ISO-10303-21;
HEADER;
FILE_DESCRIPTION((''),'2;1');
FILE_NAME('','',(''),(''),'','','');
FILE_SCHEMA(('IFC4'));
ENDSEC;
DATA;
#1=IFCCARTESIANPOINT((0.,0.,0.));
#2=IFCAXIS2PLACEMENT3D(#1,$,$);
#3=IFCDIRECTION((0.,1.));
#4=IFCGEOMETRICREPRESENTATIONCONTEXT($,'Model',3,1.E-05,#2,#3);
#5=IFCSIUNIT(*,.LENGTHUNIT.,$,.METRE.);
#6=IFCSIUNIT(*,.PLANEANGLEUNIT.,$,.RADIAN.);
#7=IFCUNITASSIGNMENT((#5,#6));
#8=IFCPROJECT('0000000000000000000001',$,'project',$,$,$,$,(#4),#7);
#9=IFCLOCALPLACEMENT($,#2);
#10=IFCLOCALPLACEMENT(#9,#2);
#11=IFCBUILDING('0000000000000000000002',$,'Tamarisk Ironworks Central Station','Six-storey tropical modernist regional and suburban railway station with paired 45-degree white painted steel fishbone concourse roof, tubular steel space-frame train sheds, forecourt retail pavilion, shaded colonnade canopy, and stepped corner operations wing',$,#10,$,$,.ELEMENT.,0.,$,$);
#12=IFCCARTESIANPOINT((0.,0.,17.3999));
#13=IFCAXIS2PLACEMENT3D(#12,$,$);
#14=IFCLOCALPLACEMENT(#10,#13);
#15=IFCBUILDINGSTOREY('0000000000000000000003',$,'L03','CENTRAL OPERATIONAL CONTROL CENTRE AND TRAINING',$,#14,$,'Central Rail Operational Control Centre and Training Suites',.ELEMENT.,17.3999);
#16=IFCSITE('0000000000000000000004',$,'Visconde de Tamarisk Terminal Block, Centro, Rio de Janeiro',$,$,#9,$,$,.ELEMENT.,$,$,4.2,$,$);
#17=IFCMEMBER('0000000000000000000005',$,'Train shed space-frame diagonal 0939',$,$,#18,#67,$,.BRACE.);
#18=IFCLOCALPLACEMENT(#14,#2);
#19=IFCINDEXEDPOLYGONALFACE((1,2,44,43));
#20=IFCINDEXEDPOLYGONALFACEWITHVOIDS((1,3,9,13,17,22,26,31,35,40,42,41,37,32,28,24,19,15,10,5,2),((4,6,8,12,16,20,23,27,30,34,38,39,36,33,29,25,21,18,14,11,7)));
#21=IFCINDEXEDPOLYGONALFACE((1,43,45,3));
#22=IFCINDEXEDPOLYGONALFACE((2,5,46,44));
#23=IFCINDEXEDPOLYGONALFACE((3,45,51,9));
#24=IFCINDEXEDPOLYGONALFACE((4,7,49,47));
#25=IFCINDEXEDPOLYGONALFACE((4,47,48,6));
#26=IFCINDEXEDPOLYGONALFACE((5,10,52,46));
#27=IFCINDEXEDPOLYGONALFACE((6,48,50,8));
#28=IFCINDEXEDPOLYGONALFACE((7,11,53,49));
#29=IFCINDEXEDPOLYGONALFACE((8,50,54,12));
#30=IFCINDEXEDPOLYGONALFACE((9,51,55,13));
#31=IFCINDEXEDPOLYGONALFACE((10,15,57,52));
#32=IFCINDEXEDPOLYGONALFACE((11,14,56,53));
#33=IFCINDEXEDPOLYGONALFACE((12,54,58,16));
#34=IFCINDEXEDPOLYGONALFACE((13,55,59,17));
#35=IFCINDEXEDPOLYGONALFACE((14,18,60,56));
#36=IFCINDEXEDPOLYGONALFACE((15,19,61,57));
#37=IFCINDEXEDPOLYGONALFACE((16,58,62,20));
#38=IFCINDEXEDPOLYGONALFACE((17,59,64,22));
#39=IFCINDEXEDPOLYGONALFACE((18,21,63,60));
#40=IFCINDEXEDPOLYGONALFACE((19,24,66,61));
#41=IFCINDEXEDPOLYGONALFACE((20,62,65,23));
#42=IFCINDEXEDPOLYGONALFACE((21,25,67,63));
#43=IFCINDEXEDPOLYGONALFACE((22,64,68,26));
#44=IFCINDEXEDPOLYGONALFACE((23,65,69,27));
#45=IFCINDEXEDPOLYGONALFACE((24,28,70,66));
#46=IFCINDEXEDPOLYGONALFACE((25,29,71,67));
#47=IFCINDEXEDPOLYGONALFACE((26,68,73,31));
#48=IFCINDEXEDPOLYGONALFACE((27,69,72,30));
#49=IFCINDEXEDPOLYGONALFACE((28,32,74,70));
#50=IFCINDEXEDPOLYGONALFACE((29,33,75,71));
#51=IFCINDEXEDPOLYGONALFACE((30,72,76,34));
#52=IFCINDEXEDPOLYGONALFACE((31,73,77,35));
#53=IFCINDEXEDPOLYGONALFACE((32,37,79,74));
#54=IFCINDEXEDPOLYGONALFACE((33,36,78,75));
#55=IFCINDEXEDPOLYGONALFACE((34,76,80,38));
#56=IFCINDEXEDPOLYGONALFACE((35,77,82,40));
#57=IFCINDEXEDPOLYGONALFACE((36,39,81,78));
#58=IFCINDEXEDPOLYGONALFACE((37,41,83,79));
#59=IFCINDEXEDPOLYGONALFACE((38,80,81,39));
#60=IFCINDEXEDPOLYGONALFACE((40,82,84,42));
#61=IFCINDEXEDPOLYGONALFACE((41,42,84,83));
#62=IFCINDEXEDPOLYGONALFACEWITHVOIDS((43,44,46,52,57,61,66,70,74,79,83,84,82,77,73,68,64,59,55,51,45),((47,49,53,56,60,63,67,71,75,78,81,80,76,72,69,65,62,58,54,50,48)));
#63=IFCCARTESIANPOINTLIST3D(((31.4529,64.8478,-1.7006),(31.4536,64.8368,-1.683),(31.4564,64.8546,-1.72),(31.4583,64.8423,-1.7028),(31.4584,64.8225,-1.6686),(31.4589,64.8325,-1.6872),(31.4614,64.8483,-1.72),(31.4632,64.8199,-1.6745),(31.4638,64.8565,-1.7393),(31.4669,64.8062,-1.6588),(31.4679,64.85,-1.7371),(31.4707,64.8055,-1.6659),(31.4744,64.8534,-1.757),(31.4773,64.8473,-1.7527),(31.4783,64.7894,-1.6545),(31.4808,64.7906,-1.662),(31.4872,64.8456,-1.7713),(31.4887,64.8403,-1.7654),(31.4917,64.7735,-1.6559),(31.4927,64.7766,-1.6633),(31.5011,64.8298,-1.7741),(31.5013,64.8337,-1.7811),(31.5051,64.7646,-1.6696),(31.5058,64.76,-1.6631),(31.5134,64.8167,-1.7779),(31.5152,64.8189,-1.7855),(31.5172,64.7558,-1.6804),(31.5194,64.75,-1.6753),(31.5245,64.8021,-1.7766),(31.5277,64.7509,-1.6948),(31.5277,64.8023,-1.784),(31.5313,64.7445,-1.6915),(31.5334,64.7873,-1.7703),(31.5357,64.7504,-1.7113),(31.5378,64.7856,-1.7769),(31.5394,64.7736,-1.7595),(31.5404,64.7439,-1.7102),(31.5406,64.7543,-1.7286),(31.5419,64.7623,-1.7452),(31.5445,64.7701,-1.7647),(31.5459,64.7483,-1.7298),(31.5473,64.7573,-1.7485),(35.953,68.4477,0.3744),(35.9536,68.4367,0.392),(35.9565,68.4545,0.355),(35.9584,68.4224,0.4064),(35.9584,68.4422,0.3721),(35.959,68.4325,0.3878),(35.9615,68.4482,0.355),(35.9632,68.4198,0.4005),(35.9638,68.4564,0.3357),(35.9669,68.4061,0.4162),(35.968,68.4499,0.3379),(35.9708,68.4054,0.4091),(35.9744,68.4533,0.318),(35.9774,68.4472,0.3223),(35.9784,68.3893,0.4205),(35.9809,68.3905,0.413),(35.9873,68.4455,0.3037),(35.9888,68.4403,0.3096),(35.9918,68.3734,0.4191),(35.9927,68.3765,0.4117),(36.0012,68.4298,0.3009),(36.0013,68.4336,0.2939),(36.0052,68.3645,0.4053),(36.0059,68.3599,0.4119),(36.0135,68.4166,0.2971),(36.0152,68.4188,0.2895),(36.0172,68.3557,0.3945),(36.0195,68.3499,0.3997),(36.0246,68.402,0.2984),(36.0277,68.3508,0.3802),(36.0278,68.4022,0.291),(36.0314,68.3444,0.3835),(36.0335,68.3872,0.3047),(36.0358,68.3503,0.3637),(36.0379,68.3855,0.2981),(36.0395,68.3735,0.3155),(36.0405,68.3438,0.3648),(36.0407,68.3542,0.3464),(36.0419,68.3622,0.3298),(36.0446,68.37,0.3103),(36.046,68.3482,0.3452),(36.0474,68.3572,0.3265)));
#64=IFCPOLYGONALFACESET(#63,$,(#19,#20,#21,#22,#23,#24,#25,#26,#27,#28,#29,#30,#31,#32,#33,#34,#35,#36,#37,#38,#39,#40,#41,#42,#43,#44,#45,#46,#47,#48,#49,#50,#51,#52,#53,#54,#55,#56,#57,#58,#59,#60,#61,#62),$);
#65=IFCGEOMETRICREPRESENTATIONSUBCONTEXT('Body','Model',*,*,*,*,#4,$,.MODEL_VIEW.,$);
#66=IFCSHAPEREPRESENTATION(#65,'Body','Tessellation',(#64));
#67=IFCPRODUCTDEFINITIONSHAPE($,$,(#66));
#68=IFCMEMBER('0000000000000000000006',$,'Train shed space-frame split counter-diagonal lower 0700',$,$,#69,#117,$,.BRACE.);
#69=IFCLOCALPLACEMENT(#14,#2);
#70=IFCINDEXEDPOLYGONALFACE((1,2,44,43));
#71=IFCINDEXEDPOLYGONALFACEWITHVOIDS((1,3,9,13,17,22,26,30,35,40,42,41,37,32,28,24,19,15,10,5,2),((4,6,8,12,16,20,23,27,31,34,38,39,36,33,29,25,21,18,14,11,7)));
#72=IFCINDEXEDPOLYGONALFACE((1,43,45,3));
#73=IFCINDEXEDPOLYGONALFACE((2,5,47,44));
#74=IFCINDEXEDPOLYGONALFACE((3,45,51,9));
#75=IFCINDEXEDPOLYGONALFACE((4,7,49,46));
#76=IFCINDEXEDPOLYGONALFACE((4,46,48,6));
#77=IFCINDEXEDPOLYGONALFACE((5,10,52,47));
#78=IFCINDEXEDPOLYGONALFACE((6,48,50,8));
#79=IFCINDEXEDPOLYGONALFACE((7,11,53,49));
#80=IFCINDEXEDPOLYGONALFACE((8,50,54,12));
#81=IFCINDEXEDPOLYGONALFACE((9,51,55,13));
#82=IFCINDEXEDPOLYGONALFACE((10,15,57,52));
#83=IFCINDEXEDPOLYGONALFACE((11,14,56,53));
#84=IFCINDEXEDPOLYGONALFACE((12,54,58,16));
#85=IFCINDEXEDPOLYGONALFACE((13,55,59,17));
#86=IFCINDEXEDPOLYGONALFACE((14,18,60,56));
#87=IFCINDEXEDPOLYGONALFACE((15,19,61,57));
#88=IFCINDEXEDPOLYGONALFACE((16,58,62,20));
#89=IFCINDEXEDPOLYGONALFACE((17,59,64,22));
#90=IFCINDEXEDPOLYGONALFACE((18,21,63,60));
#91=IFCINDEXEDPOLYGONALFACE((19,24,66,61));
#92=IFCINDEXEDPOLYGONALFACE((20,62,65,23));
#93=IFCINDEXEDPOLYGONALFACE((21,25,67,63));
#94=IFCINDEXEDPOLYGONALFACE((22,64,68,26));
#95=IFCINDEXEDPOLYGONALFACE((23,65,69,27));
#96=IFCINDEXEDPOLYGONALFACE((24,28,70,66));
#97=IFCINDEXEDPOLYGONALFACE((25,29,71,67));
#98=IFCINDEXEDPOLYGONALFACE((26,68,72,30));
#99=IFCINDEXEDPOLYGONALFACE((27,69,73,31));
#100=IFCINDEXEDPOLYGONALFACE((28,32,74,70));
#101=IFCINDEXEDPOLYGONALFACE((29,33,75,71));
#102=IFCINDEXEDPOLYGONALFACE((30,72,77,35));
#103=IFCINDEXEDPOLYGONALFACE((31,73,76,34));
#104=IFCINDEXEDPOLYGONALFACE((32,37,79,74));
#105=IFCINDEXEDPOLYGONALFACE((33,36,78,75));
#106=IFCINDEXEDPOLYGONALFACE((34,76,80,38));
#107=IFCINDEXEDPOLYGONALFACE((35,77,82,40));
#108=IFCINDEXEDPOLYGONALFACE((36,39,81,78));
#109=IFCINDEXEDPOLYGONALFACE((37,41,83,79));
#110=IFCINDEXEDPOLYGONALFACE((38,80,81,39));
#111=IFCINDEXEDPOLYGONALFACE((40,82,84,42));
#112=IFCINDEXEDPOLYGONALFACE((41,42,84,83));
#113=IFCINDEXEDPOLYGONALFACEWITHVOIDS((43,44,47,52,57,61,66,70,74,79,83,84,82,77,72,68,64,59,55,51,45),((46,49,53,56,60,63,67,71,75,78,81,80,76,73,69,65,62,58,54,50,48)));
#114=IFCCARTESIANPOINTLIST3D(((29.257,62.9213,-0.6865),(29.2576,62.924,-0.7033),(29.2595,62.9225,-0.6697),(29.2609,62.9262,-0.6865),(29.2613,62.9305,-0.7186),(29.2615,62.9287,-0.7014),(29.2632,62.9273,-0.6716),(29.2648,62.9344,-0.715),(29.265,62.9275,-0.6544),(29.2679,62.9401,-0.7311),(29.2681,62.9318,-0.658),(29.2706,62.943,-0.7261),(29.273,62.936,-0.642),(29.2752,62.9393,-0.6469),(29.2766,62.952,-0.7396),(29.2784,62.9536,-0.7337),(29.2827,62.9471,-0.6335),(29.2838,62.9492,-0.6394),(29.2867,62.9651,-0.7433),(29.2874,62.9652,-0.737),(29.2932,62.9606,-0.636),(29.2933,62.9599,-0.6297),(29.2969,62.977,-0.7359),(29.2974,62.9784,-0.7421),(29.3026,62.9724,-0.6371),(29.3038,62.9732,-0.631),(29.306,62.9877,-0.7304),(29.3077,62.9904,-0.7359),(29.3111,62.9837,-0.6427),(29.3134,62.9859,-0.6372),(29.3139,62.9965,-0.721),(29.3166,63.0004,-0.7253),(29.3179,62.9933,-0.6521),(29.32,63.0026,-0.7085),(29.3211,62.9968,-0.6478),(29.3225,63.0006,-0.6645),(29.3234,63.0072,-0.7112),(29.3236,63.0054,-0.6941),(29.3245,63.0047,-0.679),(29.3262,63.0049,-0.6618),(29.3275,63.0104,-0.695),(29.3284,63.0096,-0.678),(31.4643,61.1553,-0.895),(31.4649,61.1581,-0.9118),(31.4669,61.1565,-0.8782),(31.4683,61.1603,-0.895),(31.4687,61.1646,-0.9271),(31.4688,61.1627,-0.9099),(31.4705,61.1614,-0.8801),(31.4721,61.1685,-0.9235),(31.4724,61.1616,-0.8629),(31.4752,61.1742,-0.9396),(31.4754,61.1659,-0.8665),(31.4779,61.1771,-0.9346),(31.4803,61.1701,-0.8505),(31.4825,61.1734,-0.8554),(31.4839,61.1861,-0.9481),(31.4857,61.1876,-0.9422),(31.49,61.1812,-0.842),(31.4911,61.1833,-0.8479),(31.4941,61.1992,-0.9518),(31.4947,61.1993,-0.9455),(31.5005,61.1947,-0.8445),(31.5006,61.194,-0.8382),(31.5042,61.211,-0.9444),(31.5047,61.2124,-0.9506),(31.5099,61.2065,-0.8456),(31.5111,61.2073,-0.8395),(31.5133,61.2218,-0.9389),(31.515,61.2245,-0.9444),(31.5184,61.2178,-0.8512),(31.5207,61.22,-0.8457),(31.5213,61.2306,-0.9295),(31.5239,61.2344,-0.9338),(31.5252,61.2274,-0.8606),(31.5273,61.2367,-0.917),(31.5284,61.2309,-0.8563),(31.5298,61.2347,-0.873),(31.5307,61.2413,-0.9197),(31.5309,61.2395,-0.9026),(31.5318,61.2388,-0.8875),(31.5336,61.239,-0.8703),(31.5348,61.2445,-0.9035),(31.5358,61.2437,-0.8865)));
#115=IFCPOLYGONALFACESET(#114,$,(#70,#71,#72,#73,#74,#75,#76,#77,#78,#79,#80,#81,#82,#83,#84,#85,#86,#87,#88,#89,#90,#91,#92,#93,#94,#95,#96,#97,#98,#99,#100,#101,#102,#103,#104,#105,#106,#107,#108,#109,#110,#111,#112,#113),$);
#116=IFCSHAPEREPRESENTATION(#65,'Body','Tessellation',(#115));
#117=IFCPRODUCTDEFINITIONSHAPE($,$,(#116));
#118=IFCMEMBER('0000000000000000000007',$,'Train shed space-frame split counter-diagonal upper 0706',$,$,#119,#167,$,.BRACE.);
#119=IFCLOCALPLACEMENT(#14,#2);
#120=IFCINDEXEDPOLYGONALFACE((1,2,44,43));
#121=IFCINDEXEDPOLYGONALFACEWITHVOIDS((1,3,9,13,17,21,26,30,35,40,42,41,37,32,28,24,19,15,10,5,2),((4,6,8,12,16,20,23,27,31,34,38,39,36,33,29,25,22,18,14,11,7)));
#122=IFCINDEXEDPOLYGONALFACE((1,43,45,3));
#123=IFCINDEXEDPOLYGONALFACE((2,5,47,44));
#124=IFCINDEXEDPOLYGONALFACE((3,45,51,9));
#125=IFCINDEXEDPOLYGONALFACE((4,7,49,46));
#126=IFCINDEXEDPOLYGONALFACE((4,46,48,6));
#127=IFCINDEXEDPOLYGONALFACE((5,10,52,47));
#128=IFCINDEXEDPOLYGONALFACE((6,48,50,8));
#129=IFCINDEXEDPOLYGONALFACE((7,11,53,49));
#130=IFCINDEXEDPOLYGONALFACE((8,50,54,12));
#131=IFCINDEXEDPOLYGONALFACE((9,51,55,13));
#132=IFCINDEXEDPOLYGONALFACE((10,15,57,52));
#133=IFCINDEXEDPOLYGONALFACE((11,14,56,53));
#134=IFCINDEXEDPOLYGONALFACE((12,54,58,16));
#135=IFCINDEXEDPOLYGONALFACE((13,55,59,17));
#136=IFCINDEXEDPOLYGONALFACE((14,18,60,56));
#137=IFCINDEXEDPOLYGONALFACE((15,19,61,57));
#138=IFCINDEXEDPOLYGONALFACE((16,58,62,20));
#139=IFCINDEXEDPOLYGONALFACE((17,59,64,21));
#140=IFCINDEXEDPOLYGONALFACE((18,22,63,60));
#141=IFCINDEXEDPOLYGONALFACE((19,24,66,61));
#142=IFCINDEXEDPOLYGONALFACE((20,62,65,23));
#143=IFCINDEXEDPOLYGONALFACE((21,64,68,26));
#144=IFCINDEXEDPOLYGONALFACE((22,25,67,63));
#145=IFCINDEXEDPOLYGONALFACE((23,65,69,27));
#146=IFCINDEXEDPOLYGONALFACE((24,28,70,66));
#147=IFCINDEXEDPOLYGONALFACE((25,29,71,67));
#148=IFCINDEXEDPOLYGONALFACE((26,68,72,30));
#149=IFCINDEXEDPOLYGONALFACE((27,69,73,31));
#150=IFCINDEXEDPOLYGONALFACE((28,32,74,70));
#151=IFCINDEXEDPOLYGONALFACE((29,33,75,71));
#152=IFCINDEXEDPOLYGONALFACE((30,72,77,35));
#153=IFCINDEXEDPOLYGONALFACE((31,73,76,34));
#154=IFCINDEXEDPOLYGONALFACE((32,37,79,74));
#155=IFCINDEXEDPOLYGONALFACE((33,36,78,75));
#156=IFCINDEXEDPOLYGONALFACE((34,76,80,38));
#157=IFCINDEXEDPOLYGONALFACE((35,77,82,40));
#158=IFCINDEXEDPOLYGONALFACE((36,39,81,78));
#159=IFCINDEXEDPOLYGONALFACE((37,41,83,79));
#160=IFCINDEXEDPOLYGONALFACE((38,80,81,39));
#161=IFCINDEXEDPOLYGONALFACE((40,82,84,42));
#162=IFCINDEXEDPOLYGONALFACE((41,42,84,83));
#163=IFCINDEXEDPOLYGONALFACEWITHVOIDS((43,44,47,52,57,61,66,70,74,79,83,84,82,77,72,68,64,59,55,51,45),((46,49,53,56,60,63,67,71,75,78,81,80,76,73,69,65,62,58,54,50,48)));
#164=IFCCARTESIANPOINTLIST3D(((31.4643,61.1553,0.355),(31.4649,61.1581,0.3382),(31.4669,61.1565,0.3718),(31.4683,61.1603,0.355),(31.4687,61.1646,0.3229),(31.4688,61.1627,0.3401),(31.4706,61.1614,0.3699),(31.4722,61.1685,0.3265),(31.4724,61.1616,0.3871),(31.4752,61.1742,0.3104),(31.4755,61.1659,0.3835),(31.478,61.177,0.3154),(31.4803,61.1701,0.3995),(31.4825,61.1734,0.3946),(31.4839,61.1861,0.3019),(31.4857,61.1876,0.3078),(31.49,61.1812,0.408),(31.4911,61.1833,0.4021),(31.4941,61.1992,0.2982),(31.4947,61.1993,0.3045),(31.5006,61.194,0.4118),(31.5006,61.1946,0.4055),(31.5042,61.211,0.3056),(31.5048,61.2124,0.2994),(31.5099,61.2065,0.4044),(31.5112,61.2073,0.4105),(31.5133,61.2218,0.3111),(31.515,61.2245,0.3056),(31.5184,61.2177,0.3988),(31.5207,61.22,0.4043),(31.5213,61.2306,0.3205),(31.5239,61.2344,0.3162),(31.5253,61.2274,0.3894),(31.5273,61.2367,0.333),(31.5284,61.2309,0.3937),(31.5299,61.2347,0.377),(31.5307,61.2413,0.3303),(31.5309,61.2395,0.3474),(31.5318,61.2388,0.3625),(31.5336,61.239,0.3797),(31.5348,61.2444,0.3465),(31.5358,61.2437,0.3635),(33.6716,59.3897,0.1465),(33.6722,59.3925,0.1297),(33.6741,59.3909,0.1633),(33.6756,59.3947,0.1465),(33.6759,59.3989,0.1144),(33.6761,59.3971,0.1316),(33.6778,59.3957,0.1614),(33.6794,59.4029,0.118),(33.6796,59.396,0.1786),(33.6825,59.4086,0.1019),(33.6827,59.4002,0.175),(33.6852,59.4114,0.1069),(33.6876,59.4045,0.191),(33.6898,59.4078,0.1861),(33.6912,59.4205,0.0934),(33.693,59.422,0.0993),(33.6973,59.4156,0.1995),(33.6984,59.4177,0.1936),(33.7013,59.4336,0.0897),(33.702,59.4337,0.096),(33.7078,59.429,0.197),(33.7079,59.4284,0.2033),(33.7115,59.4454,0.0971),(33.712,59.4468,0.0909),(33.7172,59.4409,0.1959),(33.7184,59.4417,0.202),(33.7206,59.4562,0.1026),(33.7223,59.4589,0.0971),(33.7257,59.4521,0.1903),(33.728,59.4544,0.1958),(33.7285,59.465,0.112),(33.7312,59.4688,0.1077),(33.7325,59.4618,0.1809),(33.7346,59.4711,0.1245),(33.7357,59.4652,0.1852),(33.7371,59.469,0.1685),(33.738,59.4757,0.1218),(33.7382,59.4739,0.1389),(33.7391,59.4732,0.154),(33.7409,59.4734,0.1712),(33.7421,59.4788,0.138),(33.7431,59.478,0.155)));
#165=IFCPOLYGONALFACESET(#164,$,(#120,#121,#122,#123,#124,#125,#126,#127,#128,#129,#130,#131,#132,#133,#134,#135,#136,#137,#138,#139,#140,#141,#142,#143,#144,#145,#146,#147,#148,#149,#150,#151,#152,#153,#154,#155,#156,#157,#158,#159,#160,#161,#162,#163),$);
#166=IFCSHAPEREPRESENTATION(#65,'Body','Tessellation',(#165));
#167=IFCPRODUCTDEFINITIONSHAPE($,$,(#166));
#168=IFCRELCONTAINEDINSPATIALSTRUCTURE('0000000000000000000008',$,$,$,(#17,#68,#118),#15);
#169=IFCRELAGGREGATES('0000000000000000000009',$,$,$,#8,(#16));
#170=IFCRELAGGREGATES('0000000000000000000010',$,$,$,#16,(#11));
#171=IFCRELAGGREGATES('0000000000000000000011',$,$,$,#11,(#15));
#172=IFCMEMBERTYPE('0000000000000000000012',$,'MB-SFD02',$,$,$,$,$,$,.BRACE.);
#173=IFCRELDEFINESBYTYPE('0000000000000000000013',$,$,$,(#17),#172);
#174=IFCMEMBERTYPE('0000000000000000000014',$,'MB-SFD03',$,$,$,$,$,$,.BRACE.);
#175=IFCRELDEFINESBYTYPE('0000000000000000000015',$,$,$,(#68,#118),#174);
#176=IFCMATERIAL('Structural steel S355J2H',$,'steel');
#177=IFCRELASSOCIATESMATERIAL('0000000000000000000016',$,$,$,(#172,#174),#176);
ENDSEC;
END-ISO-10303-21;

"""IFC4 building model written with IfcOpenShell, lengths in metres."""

from ifc_helpers import new_model, si_unit, direction, frame, origin, origin_2d, place, context, subcontext, project, spatial, hollow_circle, extrude, material, material_profile, profile_set, type_object, element, save


model = new_model("IFC4")

# Units and contexts
model_context = context("Model", 3, precision=1e-05, world=origin(), true_north=direction((0.0, 1.0)))
body_context = subcontext(model_context, "Body", "Model", "MODEL_VIEW")
ifc_project = project(units=[si_unit("LENGTHUNIT", "METRE"), si_unit("PLANEANGLEUNIT", "RADIAN")], contexts=[model_context])

# Site, building, storey
site_placement = place(None, origin())
site = spatial("IfcSite", under=ifc_project, at=site_placement, Name="Visconde de Tamarisk Terminal Block, Centro, Rio de Janeiro", CompositionType="ELEMENT", RefElevation=4.2)
building_placement = place(site_placement, origin())
building = spatial("IfcBuilding", under=site, at=building_placement, Name="Tamarisk Ironworks Central Station", Description="Six-storey tropical modernist regional and suburban railway station with paired 45-degree white painted steel fishbone concourse roof, tubular steel space-frame train sheds, forecourt retail pavilion, shaded colonnade canopy, and stepped corner operations wing", CompositionType="ELEMENT", ElevationOfRefHeight=0.0)
storey_placement = place(building_placement, frame((0.0, 0.0, 17.3999)))
storey = spatial("IfcBuildingStorey", under=building, at=storey_placement, Name="L03", Description="CENTRAL OPERATIONAL CONTROL CENTRE AND TRAINING", LongName="Central Rail Operational Control Centre and Training Suites", CompositionType="ELEMENT", Elevation=17.3999)

# Members
ifc_material_1 = material(Name="Structural steel S355J2H", Category="steel")
ifc_material_profile_1 = material_profile(ifc_material_1, hollow_circle(Radius=0.0698, WallThickness=0.0081, at=origin_2d()), Name="CHS 139.7x8")
ifc_profile_set_1 = profile_set([ifc_material_profile_1], Name="Structural steel S355J2H")
member_type_1 = type_object("IfcMemberType", Name="MB-SFD02", PredefinedType="BRACE", material=ifc_profile_set_1)
member_1_placement = place(storey_placement, frame((31.5, 64.8, -1.72), z_axis=(0.734706, 0.587741, 0.338773), x_axis=(-0.62468, 0.780881, 0.0)))
element("IfcMember", 1, at=member_1_placement, inside=storey, type_object=member_type_1, Name="Train shed space-frame diagonal 0939", PredefinedType="BRACE", context=body_context, shape_type="SweptSolid", body=[
    extrude(hollow_circle(Radius=0.0698, WallThickness=0.0081, at=origin_2d()), origin(), (0.0, 0.0, 1.0), 6.125),
])
ifc_material_profile_2 = material_profile(ifc_material_1, hollow_circle(Radius=0.0571, WallThickness=0.0063, at=origin_2d()), Name="CHS 114.3x6.3")
ifc_profile_set_2 = profile_set([ifc_material_profile_2], Name="Structural steel S355J2H")
member_type_2 = type_object("IfcMemberType", Name="MB-SFD03", PredefinedType="BRACE", material=ifc_profile_set_2)
member_2_placement = place(storey_placement, frame((31.5, 61.2, -0.895), z_axis=(-0.778745, 0.623013, 0.073559), x_axis=(-0.624706, -0.78086, 0.0)))
element("IfcMember", 2, at=member_2_placement, inside=storey, type_object=member_type_2, Name="Train shed space-frame split counter-diagonal lower 0700", PredefinedType="BRACE", context=body_context, shape_type="SweptSolid", body=[
    extrude(hollow_circle(Radius=0.0571, WallThickness=0.0063, at=origin_2d()), origin(), (0.0, 0.0, 1.0), 2.8345),
])
member_3_placement = place(storey_placement, frame((33.7073, 59.4343, 0.1465), z_axis=(-0.778787, 0.62296, 0.073563), x_axis=(-0.624653, -0.780903, 0.0)))
element("IfcMember", 3, at=member_3_placement, inside=storey, type_object=member_type_2, Name="Train shed space-frame split counter-diagonal upper 0706", PredefinedType="BRACE", context=body_context, shape_type="SweptSolid", body=[
    extrude(hollow_circle(Radius=0.0571, WallThickness=0.0063, at=origin_2d()), origin(), (0.0, 0.0, 1.0), 2.8342),
])

save(model, "model.ifc")
